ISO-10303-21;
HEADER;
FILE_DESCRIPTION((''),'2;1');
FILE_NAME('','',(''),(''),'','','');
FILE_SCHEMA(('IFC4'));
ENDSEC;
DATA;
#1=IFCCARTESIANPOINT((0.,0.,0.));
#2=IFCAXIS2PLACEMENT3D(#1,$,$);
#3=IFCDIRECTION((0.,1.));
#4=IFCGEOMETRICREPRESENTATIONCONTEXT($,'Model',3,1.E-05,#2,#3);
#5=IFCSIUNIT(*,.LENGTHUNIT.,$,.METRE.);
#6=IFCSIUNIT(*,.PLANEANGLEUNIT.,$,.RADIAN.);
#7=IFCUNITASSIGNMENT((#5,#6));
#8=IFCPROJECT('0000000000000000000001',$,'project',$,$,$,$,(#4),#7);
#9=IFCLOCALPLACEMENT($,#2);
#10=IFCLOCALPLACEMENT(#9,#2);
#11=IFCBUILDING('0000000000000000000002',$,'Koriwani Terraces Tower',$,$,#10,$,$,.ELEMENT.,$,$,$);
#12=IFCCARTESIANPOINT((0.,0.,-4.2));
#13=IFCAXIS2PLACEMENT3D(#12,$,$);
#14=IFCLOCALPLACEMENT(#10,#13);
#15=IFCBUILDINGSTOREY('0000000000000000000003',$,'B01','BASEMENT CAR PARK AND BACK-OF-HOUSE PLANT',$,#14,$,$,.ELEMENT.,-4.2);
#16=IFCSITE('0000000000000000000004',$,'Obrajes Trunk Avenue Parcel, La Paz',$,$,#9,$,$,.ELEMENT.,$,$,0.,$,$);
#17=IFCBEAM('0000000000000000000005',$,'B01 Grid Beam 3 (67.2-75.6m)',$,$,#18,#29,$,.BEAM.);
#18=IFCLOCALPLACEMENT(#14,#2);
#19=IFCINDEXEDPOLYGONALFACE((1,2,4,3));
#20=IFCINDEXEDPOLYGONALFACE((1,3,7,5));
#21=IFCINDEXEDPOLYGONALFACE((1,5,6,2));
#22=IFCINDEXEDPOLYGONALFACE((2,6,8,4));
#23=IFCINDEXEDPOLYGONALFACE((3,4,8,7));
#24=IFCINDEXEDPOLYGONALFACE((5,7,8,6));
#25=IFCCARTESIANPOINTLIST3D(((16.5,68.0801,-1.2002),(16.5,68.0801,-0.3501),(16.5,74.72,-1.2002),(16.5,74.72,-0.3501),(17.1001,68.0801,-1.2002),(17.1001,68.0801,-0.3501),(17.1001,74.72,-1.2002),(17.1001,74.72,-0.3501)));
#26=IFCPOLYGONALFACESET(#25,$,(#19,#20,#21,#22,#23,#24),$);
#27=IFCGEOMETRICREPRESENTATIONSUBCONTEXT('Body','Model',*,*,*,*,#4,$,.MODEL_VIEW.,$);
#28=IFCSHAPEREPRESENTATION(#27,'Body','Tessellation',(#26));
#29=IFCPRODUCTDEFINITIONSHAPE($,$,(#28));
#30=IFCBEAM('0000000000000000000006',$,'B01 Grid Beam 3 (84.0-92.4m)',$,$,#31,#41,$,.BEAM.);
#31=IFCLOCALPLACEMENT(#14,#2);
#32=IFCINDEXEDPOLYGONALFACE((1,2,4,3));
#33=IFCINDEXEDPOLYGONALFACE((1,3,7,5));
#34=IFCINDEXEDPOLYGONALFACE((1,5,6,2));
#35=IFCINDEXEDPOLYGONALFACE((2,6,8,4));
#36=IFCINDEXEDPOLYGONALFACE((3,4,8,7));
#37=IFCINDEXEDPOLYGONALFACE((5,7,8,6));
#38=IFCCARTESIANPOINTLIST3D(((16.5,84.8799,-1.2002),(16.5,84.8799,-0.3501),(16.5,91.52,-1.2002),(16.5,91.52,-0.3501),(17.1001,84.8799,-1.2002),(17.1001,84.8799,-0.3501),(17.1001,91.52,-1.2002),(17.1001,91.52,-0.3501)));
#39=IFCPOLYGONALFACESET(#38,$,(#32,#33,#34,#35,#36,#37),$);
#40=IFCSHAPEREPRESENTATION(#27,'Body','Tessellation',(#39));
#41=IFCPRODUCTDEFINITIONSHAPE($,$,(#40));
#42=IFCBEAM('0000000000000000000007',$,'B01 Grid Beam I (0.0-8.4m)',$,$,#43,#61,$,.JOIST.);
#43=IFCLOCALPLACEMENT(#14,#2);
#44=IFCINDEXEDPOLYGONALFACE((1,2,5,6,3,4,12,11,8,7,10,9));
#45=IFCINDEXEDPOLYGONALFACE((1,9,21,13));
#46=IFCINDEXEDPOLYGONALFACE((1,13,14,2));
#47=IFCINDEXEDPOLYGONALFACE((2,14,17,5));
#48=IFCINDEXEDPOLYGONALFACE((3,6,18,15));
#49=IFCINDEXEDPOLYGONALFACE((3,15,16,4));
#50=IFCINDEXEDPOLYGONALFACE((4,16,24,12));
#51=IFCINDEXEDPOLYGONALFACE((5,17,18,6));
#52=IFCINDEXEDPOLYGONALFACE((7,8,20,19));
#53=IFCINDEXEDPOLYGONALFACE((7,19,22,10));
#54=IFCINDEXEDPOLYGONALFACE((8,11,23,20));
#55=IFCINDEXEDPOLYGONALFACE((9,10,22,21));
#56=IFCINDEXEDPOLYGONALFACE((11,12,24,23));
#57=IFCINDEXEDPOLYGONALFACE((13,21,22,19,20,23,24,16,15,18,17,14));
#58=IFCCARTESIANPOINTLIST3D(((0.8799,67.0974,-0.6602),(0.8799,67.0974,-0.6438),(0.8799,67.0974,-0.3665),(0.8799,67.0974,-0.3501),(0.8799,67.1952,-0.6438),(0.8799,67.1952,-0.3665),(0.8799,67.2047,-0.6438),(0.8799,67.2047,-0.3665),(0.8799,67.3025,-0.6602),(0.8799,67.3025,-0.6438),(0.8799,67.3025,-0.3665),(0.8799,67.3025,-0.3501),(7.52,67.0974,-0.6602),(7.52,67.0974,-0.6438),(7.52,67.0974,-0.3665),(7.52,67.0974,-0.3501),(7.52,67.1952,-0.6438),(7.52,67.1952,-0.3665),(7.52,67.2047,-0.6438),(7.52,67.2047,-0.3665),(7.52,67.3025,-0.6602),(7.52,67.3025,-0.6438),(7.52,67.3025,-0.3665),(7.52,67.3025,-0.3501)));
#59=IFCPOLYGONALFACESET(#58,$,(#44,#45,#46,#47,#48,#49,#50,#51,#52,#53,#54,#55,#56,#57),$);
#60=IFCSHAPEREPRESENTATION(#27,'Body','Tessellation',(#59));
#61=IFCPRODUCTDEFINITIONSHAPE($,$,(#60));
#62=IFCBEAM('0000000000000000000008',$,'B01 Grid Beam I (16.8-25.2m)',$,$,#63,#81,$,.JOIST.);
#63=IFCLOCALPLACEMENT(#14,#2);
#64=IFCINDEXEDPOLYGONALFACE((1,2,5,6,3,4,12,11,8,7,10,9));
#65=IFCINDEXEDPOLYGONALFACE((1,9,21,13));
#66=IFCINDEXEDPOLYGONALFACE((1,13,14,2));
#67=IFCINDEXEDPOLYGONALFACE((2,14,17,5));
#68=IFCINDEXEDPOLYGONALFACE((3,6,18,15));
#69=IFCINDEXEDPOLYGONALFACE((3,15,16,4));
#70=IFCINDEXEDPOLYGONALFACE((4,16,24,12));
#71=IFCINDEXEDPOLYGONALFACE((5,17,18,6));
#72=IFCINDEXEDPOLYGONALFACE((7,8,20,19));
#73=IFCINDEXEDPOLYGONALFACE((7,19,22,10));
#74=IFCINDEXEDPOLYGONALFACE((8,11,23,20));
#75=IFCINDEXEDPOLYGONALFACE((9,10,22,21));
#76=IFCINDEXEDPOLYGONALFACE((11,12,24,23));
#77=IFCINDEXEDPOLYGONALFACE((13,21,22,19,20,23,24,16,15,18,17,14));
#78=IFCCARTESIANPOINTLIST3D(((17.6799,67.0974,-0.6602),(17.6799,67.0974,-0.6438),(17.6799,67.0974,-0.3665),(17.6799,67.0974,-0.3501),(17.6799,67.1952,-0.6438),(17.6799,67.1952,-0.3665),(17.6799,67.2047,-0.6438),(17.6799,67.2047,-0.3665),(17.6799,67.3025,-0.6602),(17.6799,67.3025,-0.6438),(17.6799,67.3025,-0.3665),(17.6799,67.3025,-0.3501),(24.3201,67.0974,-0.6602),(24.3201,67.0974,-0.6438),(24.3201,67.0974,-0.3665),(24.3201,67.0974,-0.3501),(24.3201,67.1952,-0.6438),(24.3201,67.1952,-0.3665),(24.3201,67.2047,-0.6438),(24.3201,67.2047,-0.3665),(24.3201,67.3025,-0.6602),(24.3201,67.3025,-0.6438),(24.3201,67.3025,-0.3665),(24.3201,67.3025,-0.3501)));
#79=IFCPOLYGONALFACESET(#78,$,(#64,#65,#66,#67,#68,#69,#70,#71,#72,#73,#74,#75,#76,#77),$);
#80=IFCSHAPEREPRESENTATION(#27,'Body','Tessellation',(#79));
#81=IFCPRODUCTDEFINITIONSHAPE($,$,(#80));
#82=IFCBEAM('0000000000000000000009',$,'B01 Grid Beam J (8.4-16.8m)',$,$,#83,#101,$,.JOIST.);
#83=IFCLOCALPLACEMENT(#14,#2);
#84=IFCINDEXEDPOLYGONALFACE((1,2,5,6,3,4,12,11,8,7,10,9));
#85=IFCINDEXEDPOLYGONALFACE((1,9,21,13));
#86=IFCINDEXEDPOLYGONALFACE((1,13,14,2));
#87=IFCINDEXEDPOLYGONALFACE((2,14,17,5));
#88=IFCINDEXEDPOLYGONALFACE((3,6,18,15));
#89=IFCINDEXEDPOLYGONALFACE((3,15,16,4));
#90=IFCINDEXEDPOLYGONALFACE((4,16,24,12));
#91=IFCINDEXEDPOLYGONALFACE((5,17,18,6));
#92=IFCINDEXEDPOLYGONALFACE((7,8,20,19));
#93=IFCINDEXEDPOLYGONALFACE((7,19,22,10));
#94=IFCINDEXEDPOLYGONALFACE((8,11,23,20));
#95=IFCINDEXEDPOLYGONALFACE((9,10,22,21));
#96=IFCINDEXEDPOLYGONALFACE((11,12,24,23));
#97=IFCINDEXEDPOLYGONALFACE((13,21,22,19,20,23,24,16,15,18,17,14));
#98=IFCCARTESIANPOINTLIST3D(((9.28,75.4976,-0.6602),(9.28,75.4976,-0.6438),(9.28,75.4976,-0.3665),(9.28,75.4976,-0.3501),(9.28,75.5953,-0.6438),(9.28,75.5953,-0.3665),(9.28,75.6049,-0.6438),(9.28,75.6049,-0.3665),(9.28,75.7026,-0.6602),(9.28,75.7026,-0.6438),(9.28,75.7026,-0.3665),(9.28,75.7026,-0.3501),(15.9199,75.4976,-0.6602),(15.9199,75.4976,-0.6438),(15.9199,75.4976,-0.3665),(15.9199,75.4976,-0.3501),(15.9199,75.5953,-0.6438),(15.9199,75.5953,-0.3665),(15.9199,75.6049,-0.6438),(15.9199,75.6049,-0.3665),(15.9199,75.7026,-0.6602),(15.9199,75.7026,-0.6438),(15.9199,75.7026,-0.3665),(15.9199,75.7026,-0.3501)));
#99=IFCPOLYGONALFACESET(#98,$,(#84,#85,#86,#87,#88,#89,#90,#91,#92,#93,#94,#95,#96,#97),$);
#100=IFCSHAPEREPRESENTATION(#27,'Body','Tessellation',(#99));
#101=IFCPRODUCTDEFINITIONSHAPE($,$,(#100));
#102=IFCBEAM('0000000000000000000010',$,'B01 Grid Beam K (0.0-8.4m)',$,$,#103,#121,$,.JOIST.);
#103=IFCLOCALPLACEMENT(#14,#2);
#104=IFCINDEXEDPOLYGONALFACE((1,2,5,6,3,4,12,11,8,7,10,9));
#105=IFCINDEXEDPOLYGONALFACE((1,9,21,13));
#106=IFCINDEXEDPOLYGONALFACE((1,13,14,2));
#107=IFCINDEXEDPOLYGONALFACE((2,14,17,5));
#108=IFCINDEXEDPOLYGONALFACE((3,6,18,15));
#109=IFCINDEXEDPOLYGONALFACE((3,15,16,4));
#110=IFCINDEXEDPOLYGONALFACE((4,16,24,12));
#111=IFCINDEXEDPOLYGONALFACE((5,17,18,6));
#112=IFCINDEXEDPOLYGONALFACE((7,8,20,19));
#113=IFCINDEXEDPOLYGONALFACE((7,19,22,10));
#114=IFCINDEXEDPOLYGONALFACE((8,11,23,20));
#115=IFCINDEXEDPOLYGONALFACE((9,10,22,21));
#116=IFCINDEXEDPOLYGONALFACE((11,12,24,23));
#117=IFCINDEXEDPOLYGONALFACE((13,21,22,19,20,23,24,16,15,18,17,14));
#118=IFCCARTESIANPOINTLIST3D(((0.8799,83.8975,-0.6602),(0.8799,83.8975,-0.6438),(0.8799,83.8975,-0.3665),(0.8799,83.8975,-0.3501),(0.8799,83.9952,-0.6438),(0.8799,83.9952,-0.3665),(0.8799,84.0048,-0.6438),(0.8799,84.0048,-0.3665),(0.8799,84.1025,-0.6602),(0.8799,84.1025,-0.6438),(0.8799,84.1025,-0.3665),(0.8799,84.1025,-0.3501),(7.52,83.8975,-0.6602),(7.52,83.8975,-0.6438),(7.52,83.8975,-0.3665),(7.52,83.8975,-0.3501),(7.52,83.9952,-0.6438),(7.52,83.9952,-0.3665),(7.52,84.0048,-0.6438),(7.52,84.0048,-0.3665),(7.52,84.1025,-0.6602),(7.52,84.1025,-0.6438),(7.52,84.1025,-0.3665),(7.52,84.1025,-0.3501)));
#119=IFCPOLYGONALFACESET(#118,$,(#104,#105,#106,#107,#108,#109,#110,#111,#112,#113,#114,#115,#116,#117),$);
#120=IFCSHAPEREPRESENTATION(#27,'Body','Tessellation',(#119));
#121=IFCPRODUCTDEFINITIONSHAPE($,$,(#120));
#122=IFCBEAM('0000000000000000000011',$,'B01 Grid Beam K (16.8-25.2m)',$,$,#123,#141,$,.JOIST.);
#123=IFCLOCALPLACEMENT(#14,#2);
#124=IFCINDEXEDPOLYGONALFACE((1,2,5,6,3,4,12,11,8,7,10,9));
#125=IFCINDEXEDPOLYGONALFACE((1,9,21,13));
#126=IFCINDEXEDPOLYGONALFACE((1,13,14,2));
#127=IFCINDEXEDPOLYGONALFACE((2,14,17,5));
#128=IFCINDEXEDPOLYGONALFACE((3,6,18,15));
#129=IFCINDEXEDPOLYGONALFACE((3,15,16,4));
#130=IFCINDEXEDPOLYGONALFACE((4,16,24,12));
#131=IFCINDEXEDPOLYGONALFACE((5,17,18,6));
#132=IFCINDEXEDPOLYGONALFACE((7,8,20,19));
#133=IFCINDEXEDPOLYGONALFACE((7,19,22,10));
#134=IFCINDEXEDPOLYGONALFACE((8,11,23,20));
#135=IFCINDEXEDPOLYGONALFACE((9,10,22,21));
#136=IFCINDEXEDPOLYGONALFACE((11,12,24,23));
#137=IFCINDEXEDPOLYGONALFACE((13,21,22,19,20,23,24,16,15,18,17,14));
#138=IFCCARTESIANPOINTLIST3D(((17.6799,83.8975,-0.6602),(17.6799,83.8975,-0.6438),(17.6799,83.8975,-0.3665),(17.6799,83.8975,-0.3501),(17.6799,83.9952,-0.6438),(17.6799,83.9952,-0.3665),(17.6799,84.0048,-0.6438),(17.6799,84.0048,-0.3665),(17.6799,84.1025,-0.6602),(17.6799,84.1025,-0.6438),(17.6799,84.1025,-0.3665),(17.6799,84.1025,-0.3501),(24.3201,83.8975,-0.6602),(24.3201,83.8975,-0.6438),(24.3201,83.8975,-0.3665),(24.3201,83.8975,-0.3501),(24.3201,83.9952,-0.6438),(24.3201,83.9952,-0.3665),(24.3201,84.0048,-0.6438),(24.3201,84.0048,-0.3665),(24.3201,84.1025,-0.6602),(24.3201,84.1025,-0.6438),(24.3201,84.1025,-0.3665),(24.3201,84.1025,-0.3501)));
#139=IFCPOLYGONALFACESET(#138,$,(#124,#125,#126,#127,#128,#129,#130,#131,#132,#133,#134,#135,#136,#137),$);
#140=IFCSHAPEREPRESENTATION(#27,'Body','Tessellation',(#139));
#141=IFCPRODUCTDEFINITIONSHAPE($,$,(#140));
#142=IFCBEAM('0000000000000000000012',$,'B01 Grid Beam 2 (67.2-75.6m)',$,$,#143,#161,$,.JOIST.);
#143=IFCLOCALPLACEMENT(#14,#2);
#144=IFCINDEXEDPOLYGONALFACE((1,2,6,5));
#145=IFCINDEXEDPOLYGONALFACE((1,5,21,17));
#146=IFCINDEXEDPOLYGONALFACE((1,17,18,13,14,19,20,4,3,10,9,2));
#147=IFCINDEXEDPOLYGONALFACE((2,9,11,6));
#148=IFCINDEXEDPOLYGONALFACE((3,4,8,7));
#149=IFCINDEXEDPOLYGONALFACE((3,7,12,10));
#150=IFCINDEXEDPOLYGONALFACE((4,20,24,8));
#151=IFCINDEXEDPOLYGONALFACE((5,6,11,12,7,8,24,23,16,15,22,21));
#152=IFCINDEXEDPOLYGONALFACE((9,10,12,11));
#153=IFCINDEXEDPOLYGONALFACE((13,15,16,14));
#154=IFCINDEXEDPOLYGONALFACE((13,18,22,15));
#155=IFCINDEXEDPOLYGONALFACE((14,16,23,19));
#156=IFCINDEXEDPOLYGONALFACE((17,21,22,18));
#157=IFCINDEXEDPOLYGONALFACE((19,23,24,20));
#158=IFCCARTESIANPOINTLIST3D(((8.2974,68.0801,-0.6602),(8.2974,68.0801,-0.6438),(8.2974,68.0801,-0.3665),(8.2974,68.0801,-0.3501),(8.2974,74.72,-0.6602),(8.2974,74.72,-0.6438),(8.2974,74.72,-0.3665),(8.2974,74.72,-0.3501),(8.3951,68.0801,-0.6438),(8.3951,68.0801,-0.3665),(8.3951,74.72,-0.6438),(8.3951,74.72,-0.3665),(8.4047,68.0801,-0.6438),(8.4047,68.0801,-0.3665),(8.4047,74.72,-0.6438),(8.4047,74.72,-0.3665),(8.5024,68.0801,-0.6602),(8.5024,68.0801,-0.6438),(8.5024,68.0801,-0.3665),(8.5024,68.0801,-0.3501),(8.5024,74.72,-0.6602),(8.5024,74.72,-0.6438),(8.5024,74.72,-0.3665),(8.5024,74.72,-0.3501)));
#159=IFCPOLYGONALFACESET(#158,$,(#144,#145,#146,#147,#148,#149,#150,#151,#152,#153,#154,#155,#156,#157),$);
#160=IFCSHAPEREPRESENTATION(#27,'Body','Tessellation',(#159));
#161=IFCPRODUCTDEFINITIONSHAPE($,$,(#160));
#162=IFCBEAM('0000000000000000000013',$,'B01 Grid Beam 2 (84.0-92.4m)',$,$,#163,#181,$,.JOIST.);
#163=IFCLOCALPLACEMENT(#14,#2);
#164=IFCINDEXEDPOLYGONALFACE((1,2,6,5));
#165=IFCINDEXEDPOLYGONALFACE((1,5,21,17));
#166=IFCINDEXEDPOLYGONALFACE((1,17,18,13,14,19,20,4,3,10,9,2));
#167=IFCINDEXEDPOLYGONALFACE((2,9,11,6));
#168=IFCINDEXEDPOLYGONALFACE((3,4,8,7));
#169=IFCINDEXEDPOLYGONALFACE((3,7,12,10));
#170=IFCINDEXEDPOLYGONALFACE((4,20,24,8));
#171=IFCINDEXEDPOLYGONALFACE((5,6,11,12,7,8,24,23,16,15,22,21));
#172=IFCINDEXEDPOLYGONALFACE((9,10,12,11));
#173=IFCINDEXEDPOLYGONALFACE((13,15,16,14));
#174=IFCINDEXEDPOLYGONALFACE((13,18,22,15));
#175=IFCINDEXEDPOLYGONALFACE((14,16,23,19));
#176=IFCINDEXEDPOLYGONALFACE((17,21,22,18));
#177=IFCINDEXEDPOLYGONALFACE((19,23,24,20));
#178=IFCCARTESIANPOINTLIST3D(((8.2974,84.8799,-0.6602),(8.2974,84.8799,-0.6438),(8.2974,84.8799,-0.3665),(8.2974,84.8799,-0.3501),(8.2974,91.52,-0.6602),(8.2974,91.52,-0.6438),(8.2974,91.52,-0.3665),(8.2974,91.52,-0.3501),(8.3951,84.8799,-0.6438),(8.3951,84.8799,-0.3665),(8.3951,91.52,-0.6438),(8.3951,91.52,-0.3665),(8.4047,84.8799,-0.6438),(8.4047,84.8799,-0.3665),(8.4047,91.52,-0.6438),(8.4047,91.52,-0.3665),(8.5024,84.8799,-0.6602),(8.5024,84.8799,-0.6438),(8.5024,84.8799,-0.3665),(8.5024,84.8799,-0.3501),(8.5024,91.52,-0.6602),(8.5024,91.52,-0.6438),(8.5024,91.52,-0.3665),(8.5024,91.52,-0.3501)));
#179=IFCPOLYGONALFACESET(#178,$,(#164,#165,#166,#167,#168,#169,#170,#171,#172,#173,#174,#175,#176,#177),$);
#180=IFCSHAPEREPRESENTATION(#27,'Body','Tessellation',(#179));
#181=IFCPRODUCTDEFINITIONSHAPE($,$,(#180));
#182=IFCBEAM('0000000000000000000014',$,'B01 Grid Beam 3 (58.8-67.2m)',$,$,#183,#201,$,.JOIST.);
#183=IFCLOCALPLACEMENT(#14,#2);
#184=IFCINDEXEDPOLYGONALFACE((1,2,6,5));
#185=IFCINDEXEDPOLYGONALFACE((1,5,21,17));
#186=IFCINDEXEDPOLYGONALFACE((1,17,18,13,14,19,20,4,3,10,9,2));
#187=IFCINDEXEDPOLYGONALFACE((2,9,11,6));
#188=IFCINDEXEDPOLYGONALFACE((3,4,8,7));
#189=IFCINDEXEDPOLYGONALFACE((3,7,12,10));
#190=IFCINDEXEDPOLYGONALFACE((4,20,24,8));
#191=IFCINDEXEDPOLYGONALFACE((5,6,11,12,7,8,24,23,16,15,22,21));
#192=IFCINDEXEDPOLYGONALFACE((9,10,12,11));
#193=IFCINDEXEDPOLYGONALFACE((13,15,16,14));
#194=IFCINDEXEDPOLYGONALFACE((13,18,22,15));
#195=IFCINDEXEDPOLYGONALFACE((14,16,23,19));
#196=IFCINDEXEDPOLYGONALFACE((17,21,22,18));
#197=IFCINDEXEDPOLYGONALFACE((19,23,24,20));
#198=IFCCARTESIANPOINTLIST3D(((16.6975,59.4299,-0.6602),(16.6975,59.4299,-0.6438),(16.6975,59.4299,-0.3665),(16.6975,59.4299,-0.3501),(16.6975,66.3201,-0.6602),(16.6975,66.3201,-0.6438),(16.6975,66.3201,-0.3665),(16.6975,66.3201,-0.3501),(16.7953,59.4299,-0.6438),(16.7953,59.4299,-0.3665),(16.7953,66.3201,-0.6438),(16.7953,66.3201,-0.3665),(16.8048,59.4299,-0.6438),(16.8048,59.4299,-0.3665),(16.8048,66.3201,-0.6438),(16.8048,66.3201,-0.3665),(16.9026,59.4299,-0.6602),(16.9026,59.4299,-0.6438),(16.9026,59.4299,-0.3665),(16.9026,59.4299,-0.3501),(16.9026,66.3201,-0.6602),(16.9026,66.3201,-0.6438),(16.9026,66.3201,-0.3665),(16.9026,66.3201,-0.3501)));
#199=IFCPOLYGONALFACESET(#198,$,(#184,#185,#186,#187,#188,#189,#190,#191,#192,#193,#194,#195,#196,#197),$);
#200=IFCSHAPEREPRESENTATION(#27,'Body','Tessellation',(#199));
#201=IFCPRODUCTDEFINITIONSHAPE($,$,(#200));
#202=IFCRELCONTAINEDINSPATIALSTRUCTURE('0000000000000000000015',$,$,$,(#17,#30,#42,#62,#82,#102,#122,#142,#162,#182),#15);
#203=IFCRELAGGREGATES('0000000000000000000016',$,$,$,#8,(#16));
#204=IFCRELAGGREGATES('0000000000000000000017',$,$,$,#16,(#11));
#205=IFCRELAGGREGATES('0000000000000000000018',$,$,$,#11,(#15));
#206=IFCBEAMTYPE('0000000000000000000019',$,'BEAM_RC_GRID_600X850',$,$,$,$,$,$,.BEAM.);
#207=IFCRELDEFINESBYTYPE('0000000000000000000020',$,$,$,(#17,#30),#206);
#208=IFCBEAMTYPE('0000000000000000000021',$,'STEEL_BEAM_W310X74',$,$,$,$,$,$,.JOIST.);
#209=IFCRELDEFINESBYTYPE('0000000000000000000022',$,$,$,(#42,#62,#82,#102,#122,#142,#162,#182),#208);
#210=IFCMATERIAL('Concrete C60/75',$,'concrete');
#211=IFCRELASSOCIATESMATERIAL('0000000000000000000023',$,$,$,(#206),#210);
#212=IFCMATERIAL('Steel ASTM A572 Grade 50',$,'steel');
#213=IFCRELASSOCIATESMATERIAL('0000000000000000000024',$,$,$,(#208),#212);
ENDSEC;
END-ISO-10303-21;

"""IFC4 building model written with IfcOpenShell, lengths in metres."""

from ifc_helpers import new_model, si_unit, direction, frame, origin, origin_2d, place, context, subcontext, project, spatial, rectangle, i_section, extrude, material, material_profile, profile_set, type_object, element, save


model = new_model("IFC4")

# Units and contexts
model_context = context("Model", 3, precision=1e-05, world=origin(), true_north=direction((0.0, 1.0)))
body_context = subcontext(model_context, "Body", "Model", "MODEL_VIEW")
ifc_project = project(units=[si_unit("LENGTHUNIT", "METRE"), si_unit("PLANEANGLEUNIT", "RADIAN")], contexts=[model_context])

# Site, building, storey
site_placement = place(None, origin())
site = spatial("IfcSite", under=ifc_project, at=site_placement, Name="Obrajes Trunk Avenue Parcel, La Paz", CompositionType="ELEMENT", RefElevation=0.0)
building_placement = place(site_placement, origin())
building = spatial("IfcBuilding", under=site, at=building_placement, Name="Koriwani Terraces Tower", CompositionType="ELEMENT")
storey_placement = place(building_placement, frame((0.0, 0.0, -4.2)))
storey = spatial("IfcBuildingStorey", under=building, at=storey_placement, Name="B01", Description="BASEMENT CAR PARK AND BACK-OF-HOUSE PLANT", CompositionType="ELEMENT", Elevation=-4.2)

# Shared definitions
ifc_material_1 = material(Name="Concrete C60/75", Category="concrete")

# Beams
ifc_material_profile_1 = material_profile(ifc_material_1, rectangle(XDim=0.6001, YDim=0.8501, at=origin_2d()), Name="Concrete C60/75", Category="LoadBearing")
ifc_profile_set_1 = profile_set([ifc_material_profile_1], Name="Concrete C60/75")
beam_type_1 = type_object("IfcBeamType", Name="BEAM_RC_GRID_600X850", PredefinedType="BEAM", material=ifc_profile_set_1)
beam_1_placement = place(storey_placement, frame((16.8, 68.0801, -0.7751), z_axis=(0.0, 1.0, 0.0), x_axis=(-1.0, 0.0, 0.0)))
element("IfcBeam", 1, at=beam_1_placement, inside=storey, type_object=beam_type_1, Name="B01 Grid Beam 3 (67.2-75.6m)", PredefinedType="BEAM", context=body_context, shape_type="SweptSolid", body=[
    extrude(rectangle(XDim=0.6001, YDim=0.8501, at=origin_2d()), origin(), (0.0, 0.0, 1.0), 6.6399),
])
beam_2_placement = place(storey_placement, frame((16.8, 84.8799, -0.7751), z_axis=(0.0, 1.0, 0.0), x_axis=(-1.0, 0.0, 0.0)))
element("IfcBeam", 2, at=beam_2_placement, inside=storey, type_object=beam_type_1, Name="B01 Grid Beam 3 (84.0-92.4m)", PredefinedType="BEAM", context=body_context, shape_type="SweptSolid", body=[
    extrude(rectangle(XDim=0.6001, YDim=0.8501, at=origin_2d()), origin(), (0.0, 0.0, 1.0), 6.6401),
])
ifc_material_2 = material(Name="Steel ASTM A572 Grade 50", Category="steel")
ifc_material_profile_2 = material_profile(ifc_material_2, i_section(OverallWidth=0.2051, OverallDepth=0.3101, WebThickness=0.0095, FlangeThickness=0.0164, at=origin_2d()), Name="Steel ASTM A572 Grade 50", Category="LoadBearing")
ifc_profile_set_2 = profile_set([ifc_material_profile_2], Name="Steel ASTM A572 Grade 50")
beam_type_2 = type_object("IfcBeamType", Name="STEEL_BEAM_W310X74", PredefinedType="JOIST", material=ifc_profile_set_2)
for number, where, z_axis, x_axis, name in (
    (3, (0.8799, 67.2, -0.5051), (1.0, 0.0, 0.0), (0.0, 1.0, 0.0), "B01 Grid Beam I (0.0-8.4m)"),
    (4, (17.6799, 67.2, -0.5051), (1.0, 0.0, 0.0), (0.0, 1.0, 0.0), "B01 Grid Beam I (16.8-25.2m)"),
):
    element("IfcBeam", number, at=place(storey_placement, frame(where, z_axis=z_axis, x_axis=x_axis)), inside=storey, type_object=beam_type_2, Name=name, PredefinedType="JOIST", context=body_context, shape_type="SweptSolid", body=[
        extrude(i_section(OverallWidth=0.2051, OverallDepth=0.3101, WebThickness=0.0095, FlangeThickness=0.0164, at=origin_2d()), origin(), (0.0, 0.0, 1.0), 6.6401),
    ])
beam_3_placement = place(storey_placement, frame((9.28, 75.6001, -0.5051), z_axis=(1.0, 0.0, 0.0), x_axis=(0.0, 1.0, 0.0)))
element("IfcBeam", 5, at=beam_3_placement, inside=storey, type_object=beam_type_2, Name="B01 Grid Beam J (8.4-16.8m)", PredefinedType="JOIST", context=body_context, shape_type="SweptSolid", body=[
    extrude(i_section(OverallWidth=0.2051, OverallDepth=0.3101, WebThickness=0.0095, FlangeThickness=0.0164, at=origin_2d()), origin(), (0.0, 0.0, 1.0), 6.6399),
])
for number, where, z_axis, x_axis, name in (
    (6, (0.8799, 84.0, -0.5051), (1.0, 0.0, 0.0), (0.0, 1.0, 0.0), "B01 Grid Beam K (0.0-8.4m)"),
    (7, (17.6799, 84.0, -0.5051), (1.0, 0.0, 0.0), (0.0, 1.0, 0.0), "B01 Grid Beam K (16.8-25.2m)"),
):
    element("IfcBeam", number, at=place(storey_placement, frame(where, z_axis=z_axis, x_axis=x_axis)), inside=storey, type_object=beam_type_2, Name=name, PredefinedType="JOIST", context=body_context, shape_type="SweptSolid", body=[
        extrude(i_section(OverallWidth=0.2051, OverallDepth=0.3101, WebThickness=0.0095, FlangeThickness=0.0164, at=origin_2d()), origin(), (0.0, 0.0, 1.0), 6.6401),
    ])
beam_4_placement = place(storey_placement, frame((8.3999, 68.0801, -0.5051), z_axis=(0.0, 1.0, 0.0), x_axis=(-1.0, 0.0, 0.0)))
element("IfcBeam", 8, at=beam_4_placement, inside=storey, type_object=beam_type_2, Name="B01 Grid Beam 2 (67.2-75.6m)", PredefinedType="JOIST", context=body_context, shape_type="SweptSolid", body=[
    extrude(i_section(OverallWidth=0.2051, OverallDepth=0.3101, WebThickness=0.0095, FlangeThickness=0.0164, at=origin_2d()), origin(), (0.0, 0.0, 1.0), 6.6399),
])
beam_5_placement = place(storey_placement, frame((8.3999, 84.8799, -0.5051), z_axis=(0.0, 1.0, 0.0), x_axis=(-1.0, 0.0, 0.0)))
element("IfcBeam", 9, at=beam_5_placement, inside=storey, type_object=beam_type_2, Name="B01 Grid Beam 2 (84.0-92.4m)", PredefinedType="JOIST", context=body_context, shape_type="SweptSolid", body=[
    extrude(i_section(OverallWidth=0.2051, OverallDepth=0.3101, WebThickness=0.0095, FlangeThickness=0.0164, at=origin_2d()), origin(), (0.0, 0.0, 1.0), 6.6401),
])
beam_6_placement = place(storey_placement, frame((16.8, 59.4299, -0.5051), z_axis=(0.0, 1.0, 0.0), x_axis=(-1.0, 0.0, 0.0)))
element("IfcBeam", 10, at=beam_6_placement, inside=storey, type_object=beam_type_2, Name="B01 Grid Beam 3 (58.8-67.2m)", PredefinedType="JOIST", context=body_context, shape_type="SweptSolid", body=[
    extrude(i_section(OverallWidth=0.2051, OverallDepth=0.3101, WebThickness=0.0095, FlangeThickness=0.0164, at=origin_2d()), origin(), (0.0, 0.0, 1.0), 6.8901),
])

save(model, "model.ifc")
